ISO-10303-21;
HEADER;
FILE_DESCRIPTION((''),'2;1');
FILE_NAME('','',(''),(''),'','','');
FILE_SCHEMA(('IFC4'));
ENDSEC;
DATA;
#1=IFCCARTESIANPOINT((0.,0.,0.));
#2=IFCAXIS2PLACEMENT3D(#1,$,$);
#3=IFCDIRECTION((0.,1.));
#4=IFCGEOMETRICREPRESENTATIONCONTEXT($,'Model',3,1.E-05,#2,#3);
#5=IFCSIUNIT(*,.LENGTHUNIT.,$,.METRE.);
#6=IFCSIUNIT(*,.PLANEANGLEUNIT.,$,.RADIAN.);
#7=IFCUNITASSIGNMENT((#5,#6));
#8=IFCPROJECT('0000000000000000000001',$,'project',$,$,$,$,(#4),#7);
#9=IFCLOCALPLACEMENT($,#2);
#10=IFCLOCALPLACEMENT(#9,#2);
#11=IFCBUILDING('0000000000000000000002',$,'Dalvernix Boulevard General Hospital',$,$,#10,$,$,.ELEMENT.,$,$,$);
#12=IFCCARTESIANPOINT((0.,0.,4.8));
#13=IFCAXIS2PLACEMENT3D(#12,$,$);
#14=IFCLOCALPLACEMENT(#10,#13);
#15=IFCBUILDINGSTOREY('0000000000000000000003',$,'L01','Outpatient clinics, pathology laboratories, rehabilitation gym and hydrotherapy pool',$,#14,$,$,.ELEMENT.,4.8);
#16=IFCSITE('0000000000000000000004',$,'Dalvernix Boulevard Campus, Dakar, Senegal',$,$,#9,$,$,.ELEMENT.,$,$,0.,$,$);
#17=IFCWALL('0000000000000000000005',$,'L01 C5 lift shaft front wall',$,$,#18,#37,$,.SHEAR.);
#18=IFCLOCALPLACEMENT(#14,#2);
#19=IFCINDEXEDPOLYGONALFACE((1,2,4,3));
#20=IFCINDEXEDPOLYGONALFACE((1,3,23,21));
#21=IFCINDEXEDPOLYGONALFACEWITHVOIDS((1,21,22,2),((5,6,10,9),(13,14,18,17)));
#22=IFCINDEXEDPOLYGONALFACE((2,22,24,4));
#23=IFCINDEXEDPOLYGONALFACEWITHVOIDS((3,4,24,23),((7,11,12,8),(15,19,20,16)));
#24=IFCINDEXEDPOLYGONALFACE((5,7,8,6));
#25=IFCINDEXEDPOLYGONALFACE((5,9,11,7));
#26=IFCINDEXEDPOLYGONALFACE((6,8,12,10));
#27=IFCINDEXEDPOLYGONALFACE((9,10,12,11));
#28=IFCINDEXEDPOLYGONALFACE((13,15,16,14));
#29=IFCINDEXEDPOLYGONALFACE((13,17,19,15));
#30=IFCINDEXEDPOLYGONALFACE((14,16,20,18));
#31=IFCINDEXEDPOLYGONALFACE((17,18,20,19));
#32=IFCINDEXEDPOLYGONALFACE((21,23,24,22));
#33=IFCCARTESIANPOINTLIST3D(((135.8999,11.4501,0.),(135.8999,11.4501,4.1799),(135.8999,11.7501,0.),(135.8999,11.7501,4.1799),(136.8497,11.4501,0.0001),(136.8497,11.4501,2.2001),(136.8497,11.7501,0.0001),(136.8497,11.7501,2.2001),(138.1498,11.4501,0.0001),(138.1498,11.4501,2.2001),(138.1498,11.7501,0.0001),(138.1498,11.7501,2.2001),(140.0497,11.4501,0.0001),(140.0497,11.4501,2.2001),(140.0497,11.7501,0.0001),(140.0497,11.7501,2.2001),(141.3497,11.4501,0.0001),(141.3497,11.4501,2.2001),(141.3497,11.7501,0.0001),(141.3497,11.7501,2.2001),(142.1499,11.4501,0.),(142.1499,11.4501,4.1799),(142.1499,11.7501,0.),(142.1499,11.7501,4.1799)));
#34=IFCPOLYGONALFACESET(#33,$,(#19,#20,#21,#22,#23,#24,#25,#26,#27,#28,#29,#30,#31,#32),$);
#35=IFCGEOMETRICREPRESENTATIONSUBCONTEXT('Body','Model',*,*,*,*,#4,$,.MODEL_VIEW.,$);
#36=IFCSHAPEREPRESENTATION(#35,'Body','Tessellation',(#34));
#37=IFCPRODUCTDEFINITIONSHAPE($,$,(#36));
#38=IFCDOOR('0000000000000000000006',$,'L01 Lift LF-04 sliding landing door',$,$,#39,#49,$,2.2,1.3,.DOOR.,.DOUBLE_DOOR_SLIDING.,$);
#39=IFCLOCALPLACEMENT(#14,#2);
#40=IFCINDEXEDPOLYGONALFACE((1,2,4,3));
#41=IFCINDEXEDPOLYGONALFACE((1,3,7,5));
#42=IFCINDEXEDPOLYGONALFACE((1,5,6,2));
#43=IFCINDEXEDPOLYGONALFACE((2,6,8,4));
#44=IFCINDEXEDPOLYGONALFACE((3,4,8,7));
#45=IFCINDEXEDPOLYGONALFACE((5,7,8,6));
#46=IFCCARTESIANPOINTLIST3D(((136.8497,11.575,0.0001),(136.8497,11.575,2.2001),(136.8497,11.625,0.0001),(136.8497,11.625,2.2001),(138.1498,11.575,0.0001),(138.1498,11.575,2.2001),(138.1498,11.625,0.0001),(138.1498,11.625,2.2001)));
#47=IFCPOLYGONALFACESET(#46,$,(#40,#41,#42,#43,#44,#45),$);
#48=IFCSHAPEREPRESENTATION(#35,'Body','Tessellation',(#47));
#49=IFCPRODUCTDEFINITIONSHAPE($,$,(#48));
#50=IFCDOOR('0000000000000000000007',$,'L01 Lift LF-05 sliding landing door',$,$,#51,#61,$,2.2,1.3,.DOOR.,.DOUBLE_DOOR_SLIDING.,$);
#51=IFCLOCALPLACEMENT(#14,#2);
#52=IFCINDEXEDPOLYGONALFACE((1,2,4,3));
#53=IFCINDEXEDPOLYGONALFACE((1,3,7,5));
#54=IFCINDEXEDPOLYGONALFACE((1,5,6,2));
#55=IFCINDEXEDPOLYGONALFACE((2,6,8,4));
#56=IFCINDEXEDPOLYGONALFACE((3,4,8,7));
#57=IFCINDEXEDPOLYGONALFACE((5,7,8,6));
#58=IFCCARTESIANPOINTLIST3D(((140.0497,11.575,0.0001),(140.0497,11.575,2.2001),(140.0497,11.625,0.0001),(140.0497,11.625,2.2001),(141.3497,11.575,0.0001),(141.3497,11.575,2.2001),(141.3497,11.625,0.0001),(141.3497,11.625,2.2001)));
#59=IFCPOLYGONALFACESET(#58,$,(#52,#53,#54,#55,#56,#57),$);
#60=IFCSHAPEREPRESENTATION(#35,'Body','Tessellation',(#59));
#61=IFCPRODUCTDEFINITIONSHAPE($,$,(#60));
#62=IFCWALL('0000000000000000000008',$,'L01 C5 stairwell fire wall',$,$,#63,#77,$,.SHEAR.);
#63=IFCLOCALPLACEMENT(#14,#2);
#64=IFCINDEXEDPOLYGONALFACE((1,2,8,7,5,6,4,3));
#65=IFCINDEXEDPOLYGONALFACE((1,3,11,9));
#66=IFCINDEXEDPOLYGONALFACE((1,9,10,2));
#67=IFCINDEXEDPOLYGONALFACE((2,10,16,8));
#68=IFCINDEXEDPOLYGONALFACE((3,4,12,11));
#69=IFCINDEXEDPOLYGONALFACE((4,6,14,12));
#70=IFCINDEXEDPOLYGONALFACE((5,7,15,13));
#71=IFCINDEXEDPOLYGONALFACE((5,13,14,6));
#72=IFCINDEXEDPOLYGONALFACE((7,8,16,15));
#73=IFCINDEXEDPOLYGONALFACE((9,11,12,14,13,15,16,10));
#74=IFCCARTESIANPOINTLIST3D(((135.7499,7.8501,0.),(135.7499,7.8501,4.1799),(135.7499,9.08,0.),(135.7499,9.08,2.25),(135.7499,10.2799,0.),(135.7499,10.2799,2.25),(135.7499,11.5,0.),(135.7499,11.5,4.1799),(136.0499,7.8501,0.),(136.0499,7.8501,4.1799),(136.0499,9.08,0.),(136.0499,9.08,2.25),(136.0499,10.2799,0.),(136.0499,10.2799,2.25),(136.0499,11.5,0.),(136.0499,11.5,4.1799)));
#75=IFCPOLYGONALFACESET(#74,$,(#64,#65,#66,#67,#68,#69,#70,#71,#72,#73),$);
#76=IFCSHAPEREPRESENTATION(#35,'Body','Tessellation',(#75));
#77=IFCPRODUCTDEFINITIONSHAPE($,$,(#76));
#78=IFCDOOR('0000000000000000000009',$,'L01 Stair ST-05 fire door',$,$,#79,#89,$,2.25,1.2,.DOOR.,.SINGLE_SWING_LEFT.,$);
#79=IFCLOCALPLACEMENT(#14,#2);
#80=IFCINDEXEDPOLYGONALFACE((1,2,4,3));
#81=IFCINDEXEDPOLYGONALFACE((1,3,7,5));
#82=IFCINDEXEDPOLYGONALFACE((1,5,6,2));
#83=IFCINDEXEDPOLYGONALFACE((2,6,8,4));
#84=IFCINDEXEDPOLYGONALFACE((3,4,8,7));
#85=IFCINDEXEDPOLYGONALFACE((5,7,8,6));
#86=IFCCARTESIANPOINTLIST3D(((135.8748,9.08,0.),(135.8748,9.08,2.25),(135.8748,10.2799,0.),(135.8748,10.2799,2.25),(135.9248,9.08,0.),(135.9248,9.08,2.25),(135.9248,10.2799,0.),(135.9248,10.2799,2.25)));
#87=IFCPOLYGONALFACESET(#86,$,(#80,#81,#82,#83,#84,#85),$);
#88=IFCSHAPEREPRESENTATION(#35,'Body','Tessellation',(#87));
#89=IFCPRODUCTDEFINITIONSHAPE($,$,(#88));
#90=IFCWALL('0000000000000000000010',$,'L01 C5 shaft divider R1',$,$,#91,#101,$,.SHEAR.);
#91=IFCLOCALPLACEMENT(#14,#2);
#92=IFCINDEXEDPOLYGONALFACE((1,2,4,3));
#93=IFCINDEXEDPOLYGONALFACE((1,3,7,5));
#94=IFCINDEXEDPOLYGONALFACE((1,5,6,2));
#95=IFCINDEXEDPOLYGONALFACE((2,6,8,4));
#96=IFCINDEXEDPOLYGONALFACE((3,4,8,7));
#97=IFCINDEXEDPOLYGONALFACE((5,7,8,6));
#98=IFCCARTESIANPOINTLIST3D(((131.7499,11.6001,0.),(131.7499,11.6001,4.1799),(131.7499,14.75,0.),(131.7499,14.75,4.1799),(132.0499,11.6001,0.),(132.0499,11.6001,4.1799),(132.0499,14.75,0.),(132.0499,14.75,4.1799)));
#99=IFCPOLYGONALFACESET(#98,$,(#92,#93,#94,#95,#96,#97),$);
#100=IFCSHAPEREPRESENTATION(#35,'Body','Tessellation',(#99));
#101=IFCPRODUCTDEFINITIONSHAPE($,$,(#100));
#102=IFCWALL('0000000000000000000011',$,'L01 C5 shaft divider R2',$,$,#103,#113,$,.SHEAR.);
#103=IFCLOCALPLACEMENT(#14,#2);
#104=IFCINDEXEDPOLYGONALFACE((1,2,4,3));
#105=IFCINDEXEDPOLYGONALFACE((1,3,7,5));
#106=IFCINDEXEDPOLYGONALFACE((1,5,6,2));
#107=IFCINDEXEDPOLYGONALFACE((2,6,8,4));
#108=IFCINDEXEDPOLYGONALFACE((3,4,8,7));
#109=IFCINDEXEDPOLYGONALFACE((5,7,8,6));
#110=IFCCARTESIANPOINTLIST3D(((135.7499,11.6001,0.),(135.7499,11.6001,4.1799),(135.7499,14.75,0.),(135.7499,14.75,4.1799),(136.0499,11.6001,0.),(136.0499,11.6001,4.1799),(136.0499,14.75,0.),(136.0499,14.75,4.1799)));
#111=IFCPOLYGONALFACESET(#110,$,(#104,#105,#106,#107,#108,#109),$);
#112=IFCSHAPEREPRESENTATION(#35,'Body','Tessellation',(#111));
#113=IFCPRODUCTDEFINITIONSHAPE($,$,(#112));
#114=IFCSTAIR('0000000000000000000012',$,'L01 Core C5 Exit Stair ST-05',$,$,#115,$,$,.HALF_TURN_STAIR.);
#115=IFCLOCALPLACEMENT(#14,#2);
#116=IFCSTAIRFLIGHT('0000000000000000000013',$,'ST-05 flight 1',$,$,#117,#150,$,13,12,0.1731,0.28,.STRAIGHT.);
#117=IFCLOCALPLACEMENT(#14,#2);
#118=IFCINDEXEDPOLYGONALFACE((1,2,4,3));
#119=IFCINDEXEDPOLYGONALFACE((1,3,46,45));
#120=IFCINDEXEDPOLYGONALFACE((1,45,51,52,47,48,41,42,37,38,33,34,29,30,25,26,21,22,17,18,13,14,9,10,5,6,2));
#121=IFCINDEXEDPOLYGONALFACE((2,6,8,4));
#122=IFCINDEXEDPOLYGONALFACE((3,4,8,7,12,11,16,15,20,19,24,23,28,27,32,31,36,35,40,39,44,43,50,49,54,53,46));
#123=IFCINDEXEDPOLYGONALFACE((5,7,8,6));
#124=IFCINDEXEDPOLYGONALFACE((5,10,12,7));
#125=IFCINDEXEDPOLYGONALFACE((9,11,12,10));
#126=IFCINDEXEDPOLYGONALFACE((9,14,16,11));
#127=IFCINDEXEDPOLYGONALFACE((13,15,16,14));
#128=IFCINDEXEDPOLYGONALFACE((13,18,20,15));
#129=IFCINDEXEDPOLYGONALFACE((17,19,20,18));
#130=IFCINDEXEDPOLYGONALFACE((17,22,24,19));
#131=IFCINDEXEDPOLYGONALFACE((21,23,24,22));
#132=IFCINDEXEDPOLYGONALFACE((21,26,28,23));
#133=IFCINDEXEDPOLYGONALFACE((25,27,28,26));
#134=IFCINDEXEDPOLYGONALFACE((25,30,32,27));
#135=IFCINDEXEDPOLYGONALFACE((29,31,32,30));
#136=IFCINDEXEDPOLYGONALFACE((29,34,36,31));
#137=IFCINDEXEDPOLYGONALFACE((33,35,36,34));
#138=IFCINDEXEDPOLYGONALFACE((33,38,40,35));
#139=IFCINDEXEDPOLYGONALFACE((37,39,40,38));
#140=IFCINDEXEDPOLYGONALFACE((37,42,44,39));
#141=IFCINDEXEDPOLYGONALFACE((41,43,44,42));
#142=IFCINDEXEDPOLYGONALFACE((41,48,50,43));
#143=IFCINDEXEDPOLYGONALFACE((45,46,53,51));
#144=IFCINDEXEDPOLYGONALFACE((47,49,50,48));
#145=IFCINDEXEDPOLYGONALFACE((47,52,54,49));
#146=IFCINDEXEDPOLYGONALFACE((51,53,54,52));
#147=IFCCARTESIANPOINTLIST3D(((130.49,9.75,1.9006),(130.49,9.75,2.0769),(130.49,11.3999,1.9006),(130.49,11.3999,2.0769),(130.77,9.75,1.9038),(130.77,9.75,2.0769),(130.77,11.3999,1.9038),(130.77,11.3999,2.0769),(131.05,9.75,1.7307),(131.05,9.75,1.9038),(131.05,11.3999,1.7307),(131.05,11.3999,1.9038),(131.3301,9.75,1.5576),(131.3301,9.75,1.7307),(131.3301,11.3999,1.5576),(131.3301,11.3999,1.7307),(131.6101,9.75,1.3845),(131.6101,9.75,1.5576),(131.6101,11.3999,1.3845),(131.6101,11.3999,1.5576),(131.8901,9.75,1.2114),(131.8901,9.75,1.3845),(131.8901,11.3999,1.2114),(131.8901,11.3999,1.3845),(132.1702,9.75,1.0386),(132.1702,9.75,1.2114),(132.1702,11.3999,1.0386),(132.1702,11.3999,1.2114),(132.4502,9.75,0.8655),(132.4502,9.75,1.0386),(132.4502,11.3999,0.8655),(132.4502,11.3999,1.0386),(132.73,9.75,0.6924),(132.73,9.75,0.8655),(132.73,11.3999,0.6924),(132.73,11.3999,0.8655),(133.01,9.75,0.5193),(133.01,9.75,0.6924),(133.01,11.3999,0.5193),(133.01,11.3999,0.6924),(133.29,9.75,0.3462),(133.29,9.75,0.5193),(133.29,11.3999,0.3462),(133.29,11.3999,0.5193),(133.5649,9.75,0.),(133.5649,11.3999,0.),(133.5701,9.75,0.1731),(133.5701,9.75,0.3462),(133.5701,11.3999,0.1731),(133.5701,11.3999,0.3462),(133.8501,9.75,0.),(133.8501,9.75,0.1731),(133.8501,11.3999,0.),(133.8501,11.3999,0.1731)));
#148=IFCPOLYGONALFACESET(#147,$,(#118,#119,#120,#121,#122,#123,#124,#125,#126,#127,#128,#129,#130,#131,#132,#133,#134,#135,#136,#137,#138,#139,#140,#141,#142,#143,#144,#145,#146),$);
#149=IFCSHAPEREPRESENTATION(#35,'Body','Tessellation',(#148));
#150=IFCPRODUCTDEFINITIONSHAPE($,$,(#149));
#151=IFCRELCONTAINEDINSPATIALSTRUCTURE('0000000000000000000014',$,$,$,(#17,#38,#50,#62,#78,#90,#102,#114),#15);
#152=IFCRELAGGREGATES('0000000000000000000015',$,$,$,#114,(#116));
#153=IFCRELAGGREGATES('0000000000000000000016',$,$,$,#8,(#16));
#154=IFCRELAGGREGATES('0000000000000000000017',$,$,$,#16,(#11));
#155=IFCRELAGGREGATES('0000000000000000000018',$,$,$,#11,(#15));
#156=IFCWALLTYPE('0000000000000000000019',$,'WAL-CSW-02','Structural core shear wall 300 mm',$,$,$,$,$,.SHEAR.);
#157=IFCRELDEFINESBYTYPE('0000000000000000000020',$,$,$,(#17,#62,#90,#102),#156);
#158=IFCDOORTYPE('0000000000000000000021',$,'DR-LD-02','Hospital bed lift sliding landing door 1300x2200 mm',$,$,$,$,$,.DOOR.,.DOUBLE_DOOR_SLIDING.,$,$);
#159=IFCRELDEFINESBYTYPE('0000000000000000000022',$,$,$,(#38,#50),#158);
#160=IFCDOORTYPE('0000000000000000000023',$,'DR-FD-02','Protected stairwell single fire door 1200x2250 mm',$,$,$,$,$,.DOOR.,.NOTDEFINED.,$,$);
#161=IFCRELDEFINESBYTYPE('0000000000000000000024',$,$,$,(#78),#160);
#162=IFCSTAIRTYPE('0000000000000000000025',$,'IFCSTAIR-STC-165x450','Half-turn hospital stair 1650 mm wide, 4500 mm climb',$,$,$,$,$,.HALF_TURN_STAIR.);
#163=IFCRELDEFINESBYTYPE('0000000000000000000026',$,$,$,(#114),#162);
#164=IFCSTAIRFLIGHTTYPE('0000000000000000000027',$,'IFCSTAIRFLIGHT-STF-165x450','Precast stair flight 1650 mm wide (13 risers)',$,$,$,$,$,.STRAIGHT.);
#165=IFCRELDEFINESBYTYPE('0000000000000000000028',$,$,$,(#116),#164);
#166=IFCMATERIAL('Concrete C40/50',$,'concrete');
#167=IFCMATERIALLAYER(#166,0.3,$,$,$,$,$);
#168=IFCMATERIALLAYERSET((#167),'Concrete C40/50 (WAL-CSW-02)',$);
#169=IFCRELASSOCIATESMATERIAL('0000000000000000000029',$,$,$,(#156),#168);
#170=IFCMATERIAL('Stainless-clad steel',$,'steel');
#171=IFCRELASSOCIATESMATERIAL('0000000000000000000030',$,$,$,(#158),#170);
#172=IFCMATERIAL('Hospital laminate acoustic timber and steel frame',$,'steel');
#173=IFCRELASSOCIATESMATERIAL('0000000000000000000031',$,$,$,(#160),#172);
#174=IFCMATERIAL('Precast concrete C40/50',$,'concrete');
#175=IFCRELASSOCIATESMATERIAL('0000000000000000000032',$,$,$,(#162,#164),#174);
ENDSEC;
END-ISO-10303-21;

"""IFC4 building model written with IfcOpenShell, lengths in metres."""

from ifc_helpers import new_model, si_unit, direction, frame, frame_2d, origin, place, context, subcontext, project, spatial, polyline, rectangle, outline, extrude, material, layer, layer_set, type_object, element, fill, aggregate, save


model = new_model("IFC4")

# Units and contexts
model_context = context("Model", 3, precision=1e-05, world=origin(), true_north=direction((0.0, 1.0)))
body_context = subcontext(model_context, "Body", "Model", "MODEL_VIEW")
ifc_project = project(units=[si_unit("LENGTHUNIT", "METRE"), si_unit("PLANEANGLEUNIT", "RADIAN")], contexts=[model_context])

# Site, building, storey
site_placement = place(None, origin())
site = spatial("IfcSite", under=ifc_project, at=site_placement, Name="Dalvernix Boulevard Campus, Dakar, Senegal", CompositionType="ELEMENT", RefElevation=0.0)
building_placement = place(site_placement, origin())
building = spatial("IfcBuilding", under=site, at=building_placement, Name="Dalvernix Boulevard General Hospital", CompositionType="ELEMENT")
storey_placement = place(building_placement, frame((0.0, 0.0, 4.8)))
storey = spatial("IfcBuildingStorey", under=building, at=storey_placement, Name="L01", Description="Outpatient clinics, pathology laboratories, rehabilitation gym and hydrotherapy pool", CompositionType="ELEMENT", Elevation=4.8)

# Shared definitions
ifc_material_1 = material(Name="Concrete C40/50", Category="concrete")

# Shared definitions
ifc_layer_1 = layer(ifc_material_1, 0.3)
ifc_layer_set_1 = layer_set([ifc_layer_1], Name="Concrete C40/50 (WAL-CSW-02)")
wall_type_1 = type_object("IfcWallType", Name="WAL-CSW-02", Description="Structural core shear wall 300 mm", PredefinedType="SHEAR", material=ifc_layer_set_1)

# Wall, openings, doors
wall_1_placement = place(storey_placement, frame((135.8999, 11.6001, 0.0), z_axis=(0.0, 0.0, 1.0), x_axis=(1.0, 0.0, 0.0)))
wall_1 = element("IfcWall", 1, at=wall_1_placement, inside=storey, type_object=wall_type_1, Name="L01 C5 lift shaft front wall", PredefinedType="SHEAR", context=body_context, shape_type="SweptSolid", body=[
    extrude(rectangle(XDim=6.25, YDim=0.3, at=frame_2d((3.125, 0.0))), origin(), (0.0, 0.0, 1.0), 4.1799),
])
opening_1_placement = place(wall_1_placement, frame((0.95, 0.0, 0.0)))
opening_1 = element("IfcOpeningElement", 2, at=opening_1_placement, cuts=wall_1, PredefinedType="OPENING", context=body_context, shape_type="SweptSolid", body=[
    extrude(rectangle(XDim=1.3, YDim=2.2, at=frame_2d((0.6499, 1.1001))), frame((0.0, 0.1599, 0.0), z_axis=(0.0, -1.0, 0.0), x_axis=(1.0, 0.0, 0.0)), (0.0, 0.0, 1.0), 0.3201),
])
opening_2_placement = place(wall_1_placement, frame((4.1499, 0.0, 0.0)))
opening_2 = element("IfcOpeningElement", 3, at=opening_2_placement, cuts=wall_1, PredefinedType="OPENING", context=body_context, shape_type="SweptSolid", body=[
    extrude(rectangle(XDim=1.3, YDim=2.2, at=frame_2d((0.6499, 1.1001))), frame((0.0, 0.1599, 0.0), z_axis=(0.0, -1.0, 0.0), x_axis=(1.0, 0.0, 0.0)), (0.0, 0.0, 1.0), 0.3201),
])
ifc_material_2 = material(Name="Stainless-clad steel", Category="steel")
door_type_1 = type_object("IfcDoorType", Name="DR-LD-02", Description="Hospital bed lift sliding landing door 1300x2200 mm", OperationType="DOUBLE_DOOR_SLIDING", PredefinedType="DOOR", material=ifc_material_2)
door_1_placement = place(opening_1_placement, origin())
door_1 = element("IfcDoor", 4, at=door_1_placement, inside=storey, type_object=door_type_1, Name="L01 Lift LF-04 sliding landing door", OperationType="DOUBLE_DOOR_SLIDING", OverallHeight=2.2, OverallWidth=1.3, PredefinedType="DOOR", context=body_context, shape_type="SweptSolid", body=[
    extrude(rectangle(XDim=1.3, YDim=2.2, at=frame_2d((0.6499, 1.1001))), frame((0.0, 0.0249, 0.0), z_axis=(0.0, -1.0, 0.0), x_axis=(1.0, 0.0, 0.0)), (0.0, 0.0, 1.0), 0.05),
])
fill(opening_1, door_1)
door_2_placement = place(opening_2_placement, origin())
door_2 = element("IfcDoor", 5, at=door_2_placement, inside=storey, type_object=door_type_1, Name="L01 Lift LF-05 sliding landing door", OperationType="DOUBLE_DOOR_SLIDING", OverallHeight=2.2, OverallWidth=1.3, PredefinedType="DOOR", context=body_context, shape_type="SweptSolid", body=[
    extrude(rectangle(XDim=1.3, YDim=2.2, at=frame_2d((0.6499, 1.1001))), frame((0.0, 0.0249, 0.0), z_axis=(0.0, -1.0, 0.0), x_axis=(1.0, 0.0, 0.0)), (0.0, 0.0, 1.0), 0.05),
])
fill(opening_2, door_2)

# Wall, opening, door
wall_2_placement = place(storey_placement, frame((135.8999, 11.5, 0.0), z_axis=(0.0, 0.0, 1.0), x_axis=(0.0, -1.0, 0.0)))
wall_2 = element("IfcWall", 6, at=wall_2_placement, inside=storey, type_object=wall_type_1, Name="L01 C5 stairwell fire wall", PredefinedType="SHEAR", context=body_context, shape_type="SweptSolid", body=[
    extrude(rectangle(XDim=3.6499, YDim=0.3, at=frame_2d((1.825, 0.0))), origin(), (0.0, 0.0, 1.0), 4.1799),
])
opening_3_placement = place(wall_2_placement, frame((1.22, 0.0, 0.0)))
opening_3 = element("IfcOpeningElement", 7, at=opening_3_placement, cuts=wall_2, PredefinedType="OPENING", context=body_context, shape_type="SweptSolid", body=[
    extrude(rectangle(XDim=1.2, YDim=2.25, at=frame_2d((0.6001, 1.125))), frame((0.0, 0.1599, 0.0), z_axis=(0.0, -1.0, 0.0), x_axis=(1.0, 0.0, 0.0)), (0.0, 0.0, 1.0), 0.3201),
])
ifc_material_3 = material(Name="Hospital laminate acoustic timber and steel frame", Category="steel")
door_type_2 = type_object("IfcDoorType", Name="DR-FD-02", Description="Protected stairwell single fire door 1200x2250 mm", OperationType="NOTDEFINED", PredefinedType="DOOR", material=ifc_material_3)
door_3_placement = place(opening_3_placement, origin())
door_3 = element("IfcDoor", 8, at=door_3_placement, inside=storey, type_object=door_type_2, Name="L01 Stair ST-05 fire door", OperationType="SINGLE_SWING_LEFT", OverallHeight=2.25, OverallWidth=1.2, PredefinedType="DOOR", context=body_context, shape_type="SweptSolid", body=[
    extrude(rectangle(XDim=1.2, YDim=2.25, at=frame_2d((0.6001, 1.125))), frame((0.0, 0.0249, 0.0), z_axis=(0.0, -1.0, 0.0), x_axis=(1.0, 0.0, 0.0)), (0.0, 0.0, 1.0), 0.05),
])
fill(opening_3, door_3)

# Walls
for number, where, z_axis, x_axis, name in (
    (9, (131.8999, 11.6001, 0.0), (0.0, 0.0, 1.0), (0.0, 1.0, 0.0), "L01 C5 shaft divider R1"),
    (10, (135.8999, 11.6001, 0.0), (0.0, 0.0, 1.0), (0.0, 1.0, 0.0), "L01 C5 shaft divider R2"),
):
    element("IfcWall", number, at=place(storey_placement, frame(where, z_axis=z_axis, x_axis=x_axis)), inside=storey, type_object=wall_type_1, Name=name, PredefinedType="SHEAR", context=body_context, shape_type="SweptSolid", body=[
        extrude(rectangle(XDim=3.1499, YDim=0.3, at=frame_2d((1.575, 0.0))), origin(), (0.0, 0.0, 1.0), 4.1799),
    ])

# Stair, stair flight
ifc_material_4 = material(Name="Precast concrete C40/50", Category="concrete")
stair_type = type_object("IfcStairType", Name="IFCSTAIR-STC-165x450", Description="Half-turn hospital stair 1650 mm wide, 4500 mm climb", PredefinedType="HALF_TURN_STAIR", material=ifc_material_4)
stair_placement = place(storey_placement, origin())
stair = element("IfcStair", 11, at=stair_placement, inside=storey, type_object=stair_type, Name="L01 Core C5 Exit Stair ST-05", PredefinedType="HALF_TURN_STAIR")
stair_flight_type = type_object("IfcStairFlightType", Name="IFCSTAIRFLIGHT-STF-165x450", Description="Precast stair flight 1650 mm wide (13 risers)", PredefinedType="STRAIGHT", material=ifc_material_4)
stair_flight_placement = place(storey_placement, frame((133.8501, 10.575, 0.0), z_axis=(0.0, 0.0, 1.0), x_axis=(-1.0, 0.0, 0.0)))
stair_flight = element("IfcStairFlight", 12, at=stair_flight_placement, type_object=stair_flight_type, Name="ST-05 flight 1", NumberOfRisers=13, NumberOfTreads=12, PredefinedType="STRAIGHT", RiserHeight=0.1731, TreadLength=0.28, context=body_context, shape_type="SweptSolid", body=[
    extrude(outline(polyline([(0.0, 0.0), (0.0, 0.1731), (0.28, 0.1731), (0.28, 0.3462), (0.5601, 0.3462), (0.5601, 0.5193), (0.8401, 0.5193), (0.8401, 0.6924), (1.1201, 0.6924), (1.1201, 0.8655), (1.3999, 0.8655), (1.3999, 1.0386), (1.6799, 1.0386), (1.6799, 1.2114), (1.96, 1.2114), (1.96, 1.3845), (2.24, 1.3845), (2.24, 1.5576), (2.52, 1.5576), (2.52, 1.7307), (2.8, 1.7307), (2.8, 1.9038), (3.0801, 1.9038), (3.0801, 2.0769), (3.3601, 2.0769), (3.3601, 2.25), (3.3601, 1.9006), (0.2852, 0.0), (0.0, 0.0)])), frame((0.0, 0.825, 0.0), z_axis=(0.0, -1.0, 0.0), x_axis=(1.0, 0.0, 0.0)), (0.0, 0.0, 1.0), 1.6499),
])
aggregate(stair, [stair_flight])

save(model, "model.ifc")
